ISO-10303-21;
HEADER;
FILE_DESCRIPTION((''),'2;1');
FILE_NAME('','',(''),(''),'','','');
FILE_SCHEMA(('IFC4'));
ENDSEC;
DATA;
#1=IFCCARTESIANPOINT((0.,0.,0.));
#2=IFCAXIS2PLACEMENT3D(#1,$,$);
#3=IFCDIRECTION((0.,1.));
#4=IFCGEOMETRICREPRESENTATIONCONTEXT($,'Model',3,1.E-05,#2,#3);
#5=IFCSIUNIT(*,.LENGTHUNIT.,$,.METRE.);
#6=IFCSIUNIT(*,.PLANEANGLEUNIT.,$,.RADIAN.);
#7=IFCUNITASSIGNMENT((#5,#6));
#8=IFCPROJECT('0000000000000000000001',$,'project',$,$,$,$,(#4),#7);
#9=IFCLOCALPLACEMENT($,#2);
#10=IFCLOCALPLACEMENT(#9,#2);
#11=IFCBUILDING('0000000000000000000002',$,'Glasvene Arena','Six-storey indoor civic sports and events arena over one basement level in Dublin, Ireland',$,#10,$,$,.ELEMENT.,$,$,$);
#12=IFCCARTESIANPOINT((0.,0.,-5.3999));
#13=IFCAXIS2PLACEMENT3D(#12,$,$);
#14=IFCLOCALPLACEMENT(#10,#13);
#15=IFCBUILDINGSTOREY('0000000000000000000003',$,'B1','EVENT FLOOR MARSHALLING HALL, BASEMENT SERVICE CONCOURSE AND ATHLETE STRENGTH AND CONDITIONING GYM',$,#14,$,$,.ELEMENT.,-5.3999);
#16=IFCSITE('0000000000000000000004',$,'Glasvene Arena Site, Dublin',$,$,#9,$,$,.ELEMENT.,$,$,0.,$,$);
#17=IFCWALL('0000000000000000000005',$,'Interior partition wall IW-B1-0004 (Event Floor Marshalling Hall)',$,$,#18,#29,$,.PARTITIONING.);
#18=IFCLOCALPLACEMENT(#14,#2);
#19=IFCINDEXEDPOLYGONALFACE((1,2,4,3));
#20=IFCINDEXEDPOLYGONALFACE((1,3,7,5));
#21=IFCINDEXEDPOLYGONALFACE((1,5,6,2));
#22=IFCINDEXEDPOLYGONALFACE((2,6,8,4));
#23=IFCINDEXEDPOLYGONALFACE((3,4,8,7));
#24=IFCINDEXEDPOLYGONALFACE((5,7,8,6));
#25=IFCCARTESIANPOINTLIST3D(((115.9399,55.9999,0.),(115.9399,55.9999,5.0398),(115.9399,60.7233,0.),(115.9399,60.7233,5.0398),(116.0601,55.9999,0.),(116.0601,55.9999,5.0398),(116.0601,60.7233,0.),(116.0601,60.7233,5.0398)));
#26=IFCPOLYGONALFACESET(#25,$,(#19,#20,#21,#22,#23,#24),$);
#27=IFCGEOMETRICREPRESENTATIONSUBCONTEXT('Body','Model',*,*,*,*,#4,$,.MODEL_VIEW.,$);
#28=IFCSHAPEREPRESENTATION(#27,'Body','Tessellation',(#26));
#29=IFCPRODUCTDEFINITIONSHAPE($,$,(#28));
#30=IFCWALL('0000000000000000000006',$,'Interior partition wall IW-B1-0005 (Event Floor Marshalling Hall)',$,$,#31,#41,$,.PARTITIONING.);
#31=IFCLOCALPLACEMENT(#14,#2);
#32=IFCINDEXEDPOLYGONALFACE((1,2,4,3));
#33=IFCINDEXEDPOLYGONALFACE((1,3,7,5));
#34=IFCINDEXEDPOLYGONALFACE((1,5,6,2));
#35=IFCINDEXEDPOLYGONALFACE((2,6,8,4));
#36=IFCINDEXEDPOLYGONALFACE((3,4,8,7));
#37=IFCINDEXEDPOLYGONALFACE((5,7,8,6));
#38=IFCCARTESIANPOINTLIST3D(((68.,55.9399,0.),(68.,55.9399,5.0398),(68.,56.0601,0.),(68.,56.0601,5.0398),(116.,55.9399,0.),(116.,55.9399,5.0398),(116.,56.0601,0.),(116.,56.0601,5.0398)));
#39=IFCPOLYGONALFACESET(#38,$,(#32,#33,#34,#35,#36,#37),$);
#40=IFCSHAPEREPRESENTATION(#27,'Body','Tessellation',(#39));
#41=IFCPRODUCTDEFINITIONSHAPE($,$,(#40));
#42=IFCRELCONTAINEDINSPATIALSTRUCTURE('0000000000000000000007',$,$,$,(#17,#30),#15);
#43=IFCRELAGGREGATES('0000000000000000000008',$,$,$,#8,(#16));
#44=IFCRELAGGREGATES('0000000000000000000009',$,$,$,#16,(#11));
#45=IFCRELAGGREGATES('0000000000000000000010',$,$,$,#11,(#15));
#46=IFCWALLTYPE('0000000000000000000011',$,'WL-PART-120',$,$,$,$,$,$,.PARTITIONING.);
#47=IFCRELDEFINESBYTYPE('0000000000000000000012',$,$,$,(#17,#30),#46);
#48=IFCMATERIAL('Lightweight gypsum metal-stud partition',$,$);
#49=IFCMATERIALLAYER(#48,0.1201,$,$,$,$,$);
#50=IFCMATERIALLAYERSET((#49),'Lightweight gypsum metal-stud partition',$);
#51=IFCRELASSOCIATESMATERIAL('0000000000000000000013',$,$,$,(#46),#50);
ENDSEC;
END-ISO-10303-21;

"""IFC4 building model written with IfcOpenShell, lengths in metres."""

from ifc_helpers import new_model, si_unit, direction, frame, frame_2d, origin, place, context, subcontext, project, spatial, rectangle, extrude, material, layer, layer_set, type_object, element, save


model = new_model("IFC4")

# Units and contexts
model_context = context("Model", 3, precision=1e-05, world=origin(), true_north=direction((0.0, 1.0)))
body_context = subcontext(model_context, "Body", "Model", "MODEL_VIEW")
ifc_project = project(units=[si_unit("LENGTHUNIT", "METRE"), si_unit("PLANEANGLEUNIT", "RADIAN")], contexts=[model_context])

# Site, building, storey
site_placement = place(None, origin())
site = spatial("IfcSite", under=ifc_project, at=site_placement, Name="Glasvene Arena Site, Dublin", CompositionType="ELEMENT", RefElevation=0.0)
building_placement = place(site_placement, origin())
building = spatial("IfcBuilding", under=site, at=building_placement, Name="Glasvene Arena", Description="Six-storey indoor civic sports and events arena over one basement level in Dublin, Ireland", CompositionType="ELEMENT")
storey_placement = place(building_placement, frame((0.0, 0.0, -5.3999)))
storey = spatial("IfcBuildingStorey", under=building, at=storey_placement, Name="B1", Description="EVENT FLOOR MARSHALLING HALL, BASEMENT SERVICE CONCOURSE AND ATHLETE STRENGTH AND CONDITIONING GYM", CompositionType="ELEMENT", Elevation=-5.3999)

# Walls
ifc_material_1 = material(Name="Lightweight gypsum metal-stud partition")
ifc_layer = layer(ifc_material_1, 0.1201)
ifc_layer_set = layer_set([ifc_layer], Name="Lightweight gypsum metal-stud partition")
wall_type = type_object("IfcWallType", Name="WL-PART-120", PredefinedType="PARTITIONING", material=ifc_layer_set)
wall_1_placement = place(storey_placement, frame((116.0, 60.7234, 0.0), z_axis=(0.0, 0.0, 1.0), x_axis=(0.0, -1.0, 0.0)))
element("IfcWall", 1, at=wall_1_placement, inside=storey, type_object=wall_type, Name="Interior partition wall IW-B1-0004 (Event Floor Marshalling Hall)", PredefinedType="PARTITIONING", context=body_context, shape_type="SweptSolid", body=[
    extrude(rectangle(XDim=4.7234, YDim=0.1201, at=frame_2d((2.3618, 0.0))), origin(), (0.0, 0.0, 1.0), 5.0398),
])
wall_2_placement = place(storey_placement, frame((116.0, 56.0, 0.0), z_axis=(0.0, 0.0, 1.0), x_axis=(-1.0, 0.0, 0.0)))
element("IfcWall", 2, at=wall_2_placement, inside=storey, type_object=wall_type, Name="Interior partition wall IW-B1-0005 (Event Floor Marshalling Hall)", PredefinedType="PARTITIONING", context=body_context, shape_type="SweptSolid", body=[
    extrude(rectangle(XDim=48.0, YDim=0.1201, at=frame_2d((24.0, 0.0))), origin(), (0.0, 0.0, 1.0), 5.0398),
])

save(model, "model.ifc")
